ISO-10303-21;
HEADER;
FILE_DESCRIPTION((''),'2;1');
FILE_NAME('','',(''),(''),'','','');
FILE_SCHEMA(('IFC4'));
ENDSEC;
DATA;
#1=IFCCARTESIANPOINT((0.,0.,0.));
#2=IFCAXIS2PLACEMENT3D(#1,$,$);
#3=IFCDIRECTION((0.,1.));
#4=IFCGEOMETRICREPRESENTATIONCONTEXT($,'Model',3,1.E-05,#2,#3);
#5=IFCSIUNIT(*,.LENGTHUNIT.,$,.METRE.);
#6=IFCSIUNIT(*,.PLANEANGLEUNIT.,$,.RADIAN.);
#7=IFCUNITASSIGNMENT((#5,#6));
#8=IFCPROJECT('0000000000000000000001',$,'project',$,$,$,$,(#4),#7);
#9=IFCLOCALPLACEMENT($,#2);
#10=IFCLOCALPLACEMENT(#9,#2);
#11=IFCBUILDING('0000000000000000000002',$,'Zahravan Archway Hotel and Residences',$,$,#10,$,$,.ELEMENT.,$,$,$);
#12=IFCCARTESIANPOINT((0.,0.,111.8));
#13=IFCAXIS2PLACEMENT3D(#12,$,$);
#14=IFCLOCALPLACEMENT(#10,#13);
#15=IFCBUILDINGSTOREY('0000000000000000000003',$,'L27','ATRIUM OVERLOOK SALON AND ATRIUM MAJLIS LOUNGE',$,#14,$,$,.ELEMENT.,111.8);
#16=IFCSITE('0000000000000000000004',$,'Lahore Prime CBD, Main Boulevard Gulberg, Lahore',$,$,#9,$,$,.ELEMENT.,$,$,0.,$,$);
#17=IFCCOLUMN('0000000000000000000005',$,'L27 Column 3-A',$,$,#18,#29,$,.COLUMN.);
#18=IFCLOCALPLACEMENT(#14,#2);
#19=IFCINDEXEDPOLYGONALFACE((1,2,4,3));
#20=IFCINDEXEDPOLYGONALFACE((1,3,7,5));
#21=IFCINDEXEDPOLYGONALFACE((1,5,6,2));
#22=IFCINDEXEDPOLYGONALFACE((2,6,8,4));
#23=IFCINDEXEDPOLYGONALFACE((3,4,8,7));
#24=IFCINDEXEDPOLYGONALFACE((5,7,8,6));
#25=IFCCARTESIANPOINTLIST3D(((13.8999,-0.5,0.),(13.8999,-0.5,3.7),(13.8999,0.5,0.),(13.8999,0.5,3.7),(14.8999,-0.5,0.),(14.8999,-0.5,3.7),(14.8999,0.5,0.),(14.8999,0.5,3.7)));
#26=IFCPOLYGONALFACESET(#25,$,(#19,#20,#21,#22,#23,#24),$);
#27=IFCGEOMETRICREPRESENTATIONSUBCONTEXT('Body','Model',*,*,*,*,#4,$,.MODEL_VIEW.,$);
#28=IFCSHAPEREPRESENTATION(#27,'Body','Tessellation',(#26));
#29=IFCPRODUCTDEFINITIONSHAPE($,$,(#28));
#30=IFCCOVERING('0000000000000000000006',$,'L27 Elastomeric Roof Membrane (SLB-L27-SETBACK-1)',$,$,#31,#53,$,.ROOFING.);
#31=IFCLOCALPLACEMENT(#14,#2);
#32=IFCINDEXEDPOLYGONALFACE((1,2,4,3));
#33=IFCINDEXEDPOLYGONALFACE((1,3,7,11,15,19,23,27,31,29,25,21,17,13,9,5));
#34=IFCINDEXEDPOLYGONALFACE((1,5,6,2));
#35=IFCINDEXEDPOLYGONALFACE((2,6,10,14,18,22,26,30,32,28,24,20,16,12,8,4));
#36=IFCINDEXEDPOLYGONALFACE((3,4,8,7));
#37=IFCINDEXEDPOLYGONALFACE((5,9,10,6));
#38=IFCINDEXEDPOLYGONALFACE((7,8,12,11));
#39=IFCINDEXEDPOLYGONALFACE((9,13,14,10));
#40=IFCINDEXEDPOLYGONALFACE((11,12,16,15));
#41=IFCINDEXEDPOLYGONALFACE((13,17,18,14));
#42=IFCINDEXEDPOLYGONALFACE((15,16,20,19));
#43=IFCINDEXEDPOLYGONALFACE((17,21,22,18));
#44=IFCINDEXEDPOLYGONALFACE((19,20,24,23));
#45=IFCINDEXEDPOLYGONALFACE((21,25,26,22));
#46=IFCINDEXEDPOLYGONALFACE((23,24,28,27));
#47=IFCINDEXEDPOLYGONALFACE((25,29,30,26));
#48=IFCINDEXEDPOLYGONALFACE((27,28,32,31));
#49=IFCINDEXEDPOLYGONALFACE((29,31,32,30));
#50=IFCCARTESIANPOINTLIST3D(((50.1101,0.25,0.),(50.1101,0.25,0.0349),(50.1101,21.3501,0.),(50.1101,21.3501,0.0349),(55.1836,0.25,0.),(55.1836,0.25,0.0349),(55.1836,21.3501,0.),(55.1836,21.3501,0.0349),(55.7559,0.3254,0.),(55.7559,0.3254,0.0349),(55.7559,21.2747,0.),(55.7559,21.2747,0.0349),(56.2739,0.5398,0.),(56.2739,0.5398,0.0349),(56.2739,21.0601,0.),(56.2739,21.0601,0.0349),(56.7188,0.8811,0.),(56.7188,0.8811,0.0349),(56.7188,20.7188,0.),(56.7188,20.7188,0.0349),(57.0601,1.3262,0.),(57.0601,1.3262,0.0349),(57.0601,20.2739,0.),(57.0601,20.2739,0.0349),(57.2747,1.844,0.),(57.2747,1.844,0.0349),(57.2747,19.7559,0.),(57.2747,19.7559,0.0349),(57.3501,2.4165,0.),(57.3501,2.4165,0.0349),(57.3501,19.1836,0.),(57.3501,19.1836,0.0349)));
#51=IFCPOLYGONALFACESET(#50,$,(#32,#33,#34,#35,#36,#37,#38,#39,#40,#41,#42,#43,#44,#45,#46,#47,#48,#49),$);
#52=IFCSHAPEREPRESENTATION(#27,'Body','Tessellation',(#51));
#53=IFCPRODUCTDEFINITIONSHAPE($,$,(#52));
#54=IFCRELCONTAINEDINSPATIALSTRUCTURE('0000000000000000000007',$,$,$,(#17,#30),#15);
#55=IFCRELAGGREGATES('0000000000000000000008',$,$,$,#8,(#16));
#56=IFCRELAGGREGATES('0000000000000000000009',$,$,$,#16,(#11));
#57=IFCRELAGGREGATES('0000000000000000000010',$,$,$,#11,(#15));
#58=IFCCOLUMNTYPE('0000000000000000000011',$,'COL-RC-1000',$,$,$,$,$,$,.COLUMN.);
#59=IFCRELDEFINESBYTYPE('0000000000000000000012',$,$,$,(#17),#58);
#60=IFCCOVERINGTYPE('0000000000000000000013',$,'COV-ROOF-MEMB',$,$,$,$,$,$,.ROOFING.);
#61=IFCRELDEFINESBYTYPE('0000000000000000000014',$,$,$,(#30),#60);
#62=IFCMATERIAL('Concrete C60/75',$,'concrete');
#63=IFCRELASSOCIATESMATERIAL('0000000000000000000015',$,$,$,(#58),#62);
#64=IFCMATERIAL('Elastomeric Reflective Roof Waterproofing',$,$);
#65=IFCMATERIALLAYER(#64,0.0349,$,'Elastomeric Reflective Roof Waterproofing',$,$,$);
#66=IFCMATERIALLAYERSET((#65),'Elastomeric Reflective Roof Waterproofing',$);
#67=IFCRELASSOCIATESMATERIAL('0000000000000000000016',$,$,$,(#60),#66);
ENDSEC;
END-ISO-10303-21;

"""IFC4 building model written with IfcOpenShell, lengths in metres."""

from ifc_helpers import new_model, si_unit, direction, frame, origin, origin_2d, place, context, subcontext, project, spatial, polyline, rectangle, outline, extrude, source, transform, mapped, material, layer, layer_set, material_profile, profile_set, type_object, type_shapes, element, save


model = new_model("IFC4")

# Units and contexts
model_context = context("Model", 3, precision=1e-05, world=origin(), true_north=direction((0.0, 1.0)))
body_context = subcontext(model_context, "Body", "Model", "MODEL_VIEW")
ifc_project = project(units=[si_unit("LENGTHUNIT", "METRE"), si_unit("PLANEANGLEUNIT", "RADIAN")], contexts=[model_context])

# Site, building, storey
site_placement = place(None, origin())
site = spatial("IfcSite", under=ifc_project, at=site_placement, Name="Lahore Prime CBD, Main Boulevard Gulberg, Lahore", CompositionType="ELEMENT", RefElevation=0.0)
building_placement = place(site_placement, origin())
building = spatial("IfcBuilding", under=site, at=building_placement, Name="Zahravan Archway Hotel and Residences", CompositionType="ELEMENT")
storey_placement = place(building_placement, frame((0.0, 0.0, 111.8)))
storey = spatial("IfcBuildingStorey", under=building, at=storey_placement, Name="L27", Description="ATRIUM OVERLOOK SALON AND ATRIUM MAJLIS LOUNGE", CompositionType="ELEMENT", Elevation=111.8)

# Column
ifc_material_1 = material(Name="Concrete C60/75", Category="concrete")
ifc_material_profile = material_profile(ifc_material_1, rectangle(XDim=1.0, YDim=1.0, at=origin_2d()), Name="RC-COL-1000x1000", Category="concrete")
ifc_profile_set = profile_set([ifc_material_profile], Name="Concrete C60/75")
column_type = type_object("IfcColumnType", Name="COL-RC-1000", PredefinedType="COLUMN", material=ifc_profile_set)
shared_shape = source(origin(), body_context, "Body", "SweptSolid", [
    extrude(rectangle(XDim=1.0, YDim=1.0, at=origin_2d()), origin(), (0.0, 0.0, 1.0), 3.7),
])
type_shapes(column_type, [shared_shape])
column_placement = place(storey_placement, frame((14.3999, 0.0, 0.0), z_axis=(0.0, 0.0, 1.0), x_axis=(1.0, 0.0, 0.0)))
element("IfcColumn", 1, at=column_placement, inside=storey, type_object=column_type, Name="L27 Column 3-A", PredefinedType="COLUMN", context=body_context, shape_type="MappedRepresentation", body=[
    mapped(shared_shape, transform((0.0, 0.0, 0.0), scale=1.0)),
])

# Covering
ifc_material_2 = material(Name="Elastomeric Reflective Roof Waterproofing")
ifc_layer = layer(ifc_material_2, 0.0349, Name="Elastomeric Reflective Roof Waterproofing")
ifc_layer_set = layer_set([ifc_layer], Name="Elastomeric Reflective Roof Waterproofing")
covering_type = type_object("IfcCoveringType", Name="COV-ROOF-MEMB", PredefinedType="ROOFING", material=ifc_layer_set)
covering_placement = place(storey_placement, origin())
element("IfcCovering", 2, at=covering_placement, inside=storey, type_object=covering_type, Name="L27 Elastomeric Roof Membrane (SLB-L27-SETBACK-1)", PredefinedType="ROOFING", context=body_context, shape_type="SweptSolid", body=[
    extrude(outline(polyline([(55.7559, 21.2747), (56.2739, 21.0601), (56.7188, 20.7188), (57.0601, 20.2739), (57.2747, 19.7559), (57.3501, 19.1836), (57.3501, 2.4165), (57.2747, 1.844), (57.0601, 1.3262), (56.7188, 0.8811), (56.2739, 0.5398), (55.7559, 0.3254), (55.1836, 0.25), (50.1101, 0.25), (50.1101, 21.3501), (55.1836, 21.3501), (55.7559, 21.2747)])), origin(), (0.0, 0.0, 1.0), 0.0349),
])

save(model, "model.ifc")
